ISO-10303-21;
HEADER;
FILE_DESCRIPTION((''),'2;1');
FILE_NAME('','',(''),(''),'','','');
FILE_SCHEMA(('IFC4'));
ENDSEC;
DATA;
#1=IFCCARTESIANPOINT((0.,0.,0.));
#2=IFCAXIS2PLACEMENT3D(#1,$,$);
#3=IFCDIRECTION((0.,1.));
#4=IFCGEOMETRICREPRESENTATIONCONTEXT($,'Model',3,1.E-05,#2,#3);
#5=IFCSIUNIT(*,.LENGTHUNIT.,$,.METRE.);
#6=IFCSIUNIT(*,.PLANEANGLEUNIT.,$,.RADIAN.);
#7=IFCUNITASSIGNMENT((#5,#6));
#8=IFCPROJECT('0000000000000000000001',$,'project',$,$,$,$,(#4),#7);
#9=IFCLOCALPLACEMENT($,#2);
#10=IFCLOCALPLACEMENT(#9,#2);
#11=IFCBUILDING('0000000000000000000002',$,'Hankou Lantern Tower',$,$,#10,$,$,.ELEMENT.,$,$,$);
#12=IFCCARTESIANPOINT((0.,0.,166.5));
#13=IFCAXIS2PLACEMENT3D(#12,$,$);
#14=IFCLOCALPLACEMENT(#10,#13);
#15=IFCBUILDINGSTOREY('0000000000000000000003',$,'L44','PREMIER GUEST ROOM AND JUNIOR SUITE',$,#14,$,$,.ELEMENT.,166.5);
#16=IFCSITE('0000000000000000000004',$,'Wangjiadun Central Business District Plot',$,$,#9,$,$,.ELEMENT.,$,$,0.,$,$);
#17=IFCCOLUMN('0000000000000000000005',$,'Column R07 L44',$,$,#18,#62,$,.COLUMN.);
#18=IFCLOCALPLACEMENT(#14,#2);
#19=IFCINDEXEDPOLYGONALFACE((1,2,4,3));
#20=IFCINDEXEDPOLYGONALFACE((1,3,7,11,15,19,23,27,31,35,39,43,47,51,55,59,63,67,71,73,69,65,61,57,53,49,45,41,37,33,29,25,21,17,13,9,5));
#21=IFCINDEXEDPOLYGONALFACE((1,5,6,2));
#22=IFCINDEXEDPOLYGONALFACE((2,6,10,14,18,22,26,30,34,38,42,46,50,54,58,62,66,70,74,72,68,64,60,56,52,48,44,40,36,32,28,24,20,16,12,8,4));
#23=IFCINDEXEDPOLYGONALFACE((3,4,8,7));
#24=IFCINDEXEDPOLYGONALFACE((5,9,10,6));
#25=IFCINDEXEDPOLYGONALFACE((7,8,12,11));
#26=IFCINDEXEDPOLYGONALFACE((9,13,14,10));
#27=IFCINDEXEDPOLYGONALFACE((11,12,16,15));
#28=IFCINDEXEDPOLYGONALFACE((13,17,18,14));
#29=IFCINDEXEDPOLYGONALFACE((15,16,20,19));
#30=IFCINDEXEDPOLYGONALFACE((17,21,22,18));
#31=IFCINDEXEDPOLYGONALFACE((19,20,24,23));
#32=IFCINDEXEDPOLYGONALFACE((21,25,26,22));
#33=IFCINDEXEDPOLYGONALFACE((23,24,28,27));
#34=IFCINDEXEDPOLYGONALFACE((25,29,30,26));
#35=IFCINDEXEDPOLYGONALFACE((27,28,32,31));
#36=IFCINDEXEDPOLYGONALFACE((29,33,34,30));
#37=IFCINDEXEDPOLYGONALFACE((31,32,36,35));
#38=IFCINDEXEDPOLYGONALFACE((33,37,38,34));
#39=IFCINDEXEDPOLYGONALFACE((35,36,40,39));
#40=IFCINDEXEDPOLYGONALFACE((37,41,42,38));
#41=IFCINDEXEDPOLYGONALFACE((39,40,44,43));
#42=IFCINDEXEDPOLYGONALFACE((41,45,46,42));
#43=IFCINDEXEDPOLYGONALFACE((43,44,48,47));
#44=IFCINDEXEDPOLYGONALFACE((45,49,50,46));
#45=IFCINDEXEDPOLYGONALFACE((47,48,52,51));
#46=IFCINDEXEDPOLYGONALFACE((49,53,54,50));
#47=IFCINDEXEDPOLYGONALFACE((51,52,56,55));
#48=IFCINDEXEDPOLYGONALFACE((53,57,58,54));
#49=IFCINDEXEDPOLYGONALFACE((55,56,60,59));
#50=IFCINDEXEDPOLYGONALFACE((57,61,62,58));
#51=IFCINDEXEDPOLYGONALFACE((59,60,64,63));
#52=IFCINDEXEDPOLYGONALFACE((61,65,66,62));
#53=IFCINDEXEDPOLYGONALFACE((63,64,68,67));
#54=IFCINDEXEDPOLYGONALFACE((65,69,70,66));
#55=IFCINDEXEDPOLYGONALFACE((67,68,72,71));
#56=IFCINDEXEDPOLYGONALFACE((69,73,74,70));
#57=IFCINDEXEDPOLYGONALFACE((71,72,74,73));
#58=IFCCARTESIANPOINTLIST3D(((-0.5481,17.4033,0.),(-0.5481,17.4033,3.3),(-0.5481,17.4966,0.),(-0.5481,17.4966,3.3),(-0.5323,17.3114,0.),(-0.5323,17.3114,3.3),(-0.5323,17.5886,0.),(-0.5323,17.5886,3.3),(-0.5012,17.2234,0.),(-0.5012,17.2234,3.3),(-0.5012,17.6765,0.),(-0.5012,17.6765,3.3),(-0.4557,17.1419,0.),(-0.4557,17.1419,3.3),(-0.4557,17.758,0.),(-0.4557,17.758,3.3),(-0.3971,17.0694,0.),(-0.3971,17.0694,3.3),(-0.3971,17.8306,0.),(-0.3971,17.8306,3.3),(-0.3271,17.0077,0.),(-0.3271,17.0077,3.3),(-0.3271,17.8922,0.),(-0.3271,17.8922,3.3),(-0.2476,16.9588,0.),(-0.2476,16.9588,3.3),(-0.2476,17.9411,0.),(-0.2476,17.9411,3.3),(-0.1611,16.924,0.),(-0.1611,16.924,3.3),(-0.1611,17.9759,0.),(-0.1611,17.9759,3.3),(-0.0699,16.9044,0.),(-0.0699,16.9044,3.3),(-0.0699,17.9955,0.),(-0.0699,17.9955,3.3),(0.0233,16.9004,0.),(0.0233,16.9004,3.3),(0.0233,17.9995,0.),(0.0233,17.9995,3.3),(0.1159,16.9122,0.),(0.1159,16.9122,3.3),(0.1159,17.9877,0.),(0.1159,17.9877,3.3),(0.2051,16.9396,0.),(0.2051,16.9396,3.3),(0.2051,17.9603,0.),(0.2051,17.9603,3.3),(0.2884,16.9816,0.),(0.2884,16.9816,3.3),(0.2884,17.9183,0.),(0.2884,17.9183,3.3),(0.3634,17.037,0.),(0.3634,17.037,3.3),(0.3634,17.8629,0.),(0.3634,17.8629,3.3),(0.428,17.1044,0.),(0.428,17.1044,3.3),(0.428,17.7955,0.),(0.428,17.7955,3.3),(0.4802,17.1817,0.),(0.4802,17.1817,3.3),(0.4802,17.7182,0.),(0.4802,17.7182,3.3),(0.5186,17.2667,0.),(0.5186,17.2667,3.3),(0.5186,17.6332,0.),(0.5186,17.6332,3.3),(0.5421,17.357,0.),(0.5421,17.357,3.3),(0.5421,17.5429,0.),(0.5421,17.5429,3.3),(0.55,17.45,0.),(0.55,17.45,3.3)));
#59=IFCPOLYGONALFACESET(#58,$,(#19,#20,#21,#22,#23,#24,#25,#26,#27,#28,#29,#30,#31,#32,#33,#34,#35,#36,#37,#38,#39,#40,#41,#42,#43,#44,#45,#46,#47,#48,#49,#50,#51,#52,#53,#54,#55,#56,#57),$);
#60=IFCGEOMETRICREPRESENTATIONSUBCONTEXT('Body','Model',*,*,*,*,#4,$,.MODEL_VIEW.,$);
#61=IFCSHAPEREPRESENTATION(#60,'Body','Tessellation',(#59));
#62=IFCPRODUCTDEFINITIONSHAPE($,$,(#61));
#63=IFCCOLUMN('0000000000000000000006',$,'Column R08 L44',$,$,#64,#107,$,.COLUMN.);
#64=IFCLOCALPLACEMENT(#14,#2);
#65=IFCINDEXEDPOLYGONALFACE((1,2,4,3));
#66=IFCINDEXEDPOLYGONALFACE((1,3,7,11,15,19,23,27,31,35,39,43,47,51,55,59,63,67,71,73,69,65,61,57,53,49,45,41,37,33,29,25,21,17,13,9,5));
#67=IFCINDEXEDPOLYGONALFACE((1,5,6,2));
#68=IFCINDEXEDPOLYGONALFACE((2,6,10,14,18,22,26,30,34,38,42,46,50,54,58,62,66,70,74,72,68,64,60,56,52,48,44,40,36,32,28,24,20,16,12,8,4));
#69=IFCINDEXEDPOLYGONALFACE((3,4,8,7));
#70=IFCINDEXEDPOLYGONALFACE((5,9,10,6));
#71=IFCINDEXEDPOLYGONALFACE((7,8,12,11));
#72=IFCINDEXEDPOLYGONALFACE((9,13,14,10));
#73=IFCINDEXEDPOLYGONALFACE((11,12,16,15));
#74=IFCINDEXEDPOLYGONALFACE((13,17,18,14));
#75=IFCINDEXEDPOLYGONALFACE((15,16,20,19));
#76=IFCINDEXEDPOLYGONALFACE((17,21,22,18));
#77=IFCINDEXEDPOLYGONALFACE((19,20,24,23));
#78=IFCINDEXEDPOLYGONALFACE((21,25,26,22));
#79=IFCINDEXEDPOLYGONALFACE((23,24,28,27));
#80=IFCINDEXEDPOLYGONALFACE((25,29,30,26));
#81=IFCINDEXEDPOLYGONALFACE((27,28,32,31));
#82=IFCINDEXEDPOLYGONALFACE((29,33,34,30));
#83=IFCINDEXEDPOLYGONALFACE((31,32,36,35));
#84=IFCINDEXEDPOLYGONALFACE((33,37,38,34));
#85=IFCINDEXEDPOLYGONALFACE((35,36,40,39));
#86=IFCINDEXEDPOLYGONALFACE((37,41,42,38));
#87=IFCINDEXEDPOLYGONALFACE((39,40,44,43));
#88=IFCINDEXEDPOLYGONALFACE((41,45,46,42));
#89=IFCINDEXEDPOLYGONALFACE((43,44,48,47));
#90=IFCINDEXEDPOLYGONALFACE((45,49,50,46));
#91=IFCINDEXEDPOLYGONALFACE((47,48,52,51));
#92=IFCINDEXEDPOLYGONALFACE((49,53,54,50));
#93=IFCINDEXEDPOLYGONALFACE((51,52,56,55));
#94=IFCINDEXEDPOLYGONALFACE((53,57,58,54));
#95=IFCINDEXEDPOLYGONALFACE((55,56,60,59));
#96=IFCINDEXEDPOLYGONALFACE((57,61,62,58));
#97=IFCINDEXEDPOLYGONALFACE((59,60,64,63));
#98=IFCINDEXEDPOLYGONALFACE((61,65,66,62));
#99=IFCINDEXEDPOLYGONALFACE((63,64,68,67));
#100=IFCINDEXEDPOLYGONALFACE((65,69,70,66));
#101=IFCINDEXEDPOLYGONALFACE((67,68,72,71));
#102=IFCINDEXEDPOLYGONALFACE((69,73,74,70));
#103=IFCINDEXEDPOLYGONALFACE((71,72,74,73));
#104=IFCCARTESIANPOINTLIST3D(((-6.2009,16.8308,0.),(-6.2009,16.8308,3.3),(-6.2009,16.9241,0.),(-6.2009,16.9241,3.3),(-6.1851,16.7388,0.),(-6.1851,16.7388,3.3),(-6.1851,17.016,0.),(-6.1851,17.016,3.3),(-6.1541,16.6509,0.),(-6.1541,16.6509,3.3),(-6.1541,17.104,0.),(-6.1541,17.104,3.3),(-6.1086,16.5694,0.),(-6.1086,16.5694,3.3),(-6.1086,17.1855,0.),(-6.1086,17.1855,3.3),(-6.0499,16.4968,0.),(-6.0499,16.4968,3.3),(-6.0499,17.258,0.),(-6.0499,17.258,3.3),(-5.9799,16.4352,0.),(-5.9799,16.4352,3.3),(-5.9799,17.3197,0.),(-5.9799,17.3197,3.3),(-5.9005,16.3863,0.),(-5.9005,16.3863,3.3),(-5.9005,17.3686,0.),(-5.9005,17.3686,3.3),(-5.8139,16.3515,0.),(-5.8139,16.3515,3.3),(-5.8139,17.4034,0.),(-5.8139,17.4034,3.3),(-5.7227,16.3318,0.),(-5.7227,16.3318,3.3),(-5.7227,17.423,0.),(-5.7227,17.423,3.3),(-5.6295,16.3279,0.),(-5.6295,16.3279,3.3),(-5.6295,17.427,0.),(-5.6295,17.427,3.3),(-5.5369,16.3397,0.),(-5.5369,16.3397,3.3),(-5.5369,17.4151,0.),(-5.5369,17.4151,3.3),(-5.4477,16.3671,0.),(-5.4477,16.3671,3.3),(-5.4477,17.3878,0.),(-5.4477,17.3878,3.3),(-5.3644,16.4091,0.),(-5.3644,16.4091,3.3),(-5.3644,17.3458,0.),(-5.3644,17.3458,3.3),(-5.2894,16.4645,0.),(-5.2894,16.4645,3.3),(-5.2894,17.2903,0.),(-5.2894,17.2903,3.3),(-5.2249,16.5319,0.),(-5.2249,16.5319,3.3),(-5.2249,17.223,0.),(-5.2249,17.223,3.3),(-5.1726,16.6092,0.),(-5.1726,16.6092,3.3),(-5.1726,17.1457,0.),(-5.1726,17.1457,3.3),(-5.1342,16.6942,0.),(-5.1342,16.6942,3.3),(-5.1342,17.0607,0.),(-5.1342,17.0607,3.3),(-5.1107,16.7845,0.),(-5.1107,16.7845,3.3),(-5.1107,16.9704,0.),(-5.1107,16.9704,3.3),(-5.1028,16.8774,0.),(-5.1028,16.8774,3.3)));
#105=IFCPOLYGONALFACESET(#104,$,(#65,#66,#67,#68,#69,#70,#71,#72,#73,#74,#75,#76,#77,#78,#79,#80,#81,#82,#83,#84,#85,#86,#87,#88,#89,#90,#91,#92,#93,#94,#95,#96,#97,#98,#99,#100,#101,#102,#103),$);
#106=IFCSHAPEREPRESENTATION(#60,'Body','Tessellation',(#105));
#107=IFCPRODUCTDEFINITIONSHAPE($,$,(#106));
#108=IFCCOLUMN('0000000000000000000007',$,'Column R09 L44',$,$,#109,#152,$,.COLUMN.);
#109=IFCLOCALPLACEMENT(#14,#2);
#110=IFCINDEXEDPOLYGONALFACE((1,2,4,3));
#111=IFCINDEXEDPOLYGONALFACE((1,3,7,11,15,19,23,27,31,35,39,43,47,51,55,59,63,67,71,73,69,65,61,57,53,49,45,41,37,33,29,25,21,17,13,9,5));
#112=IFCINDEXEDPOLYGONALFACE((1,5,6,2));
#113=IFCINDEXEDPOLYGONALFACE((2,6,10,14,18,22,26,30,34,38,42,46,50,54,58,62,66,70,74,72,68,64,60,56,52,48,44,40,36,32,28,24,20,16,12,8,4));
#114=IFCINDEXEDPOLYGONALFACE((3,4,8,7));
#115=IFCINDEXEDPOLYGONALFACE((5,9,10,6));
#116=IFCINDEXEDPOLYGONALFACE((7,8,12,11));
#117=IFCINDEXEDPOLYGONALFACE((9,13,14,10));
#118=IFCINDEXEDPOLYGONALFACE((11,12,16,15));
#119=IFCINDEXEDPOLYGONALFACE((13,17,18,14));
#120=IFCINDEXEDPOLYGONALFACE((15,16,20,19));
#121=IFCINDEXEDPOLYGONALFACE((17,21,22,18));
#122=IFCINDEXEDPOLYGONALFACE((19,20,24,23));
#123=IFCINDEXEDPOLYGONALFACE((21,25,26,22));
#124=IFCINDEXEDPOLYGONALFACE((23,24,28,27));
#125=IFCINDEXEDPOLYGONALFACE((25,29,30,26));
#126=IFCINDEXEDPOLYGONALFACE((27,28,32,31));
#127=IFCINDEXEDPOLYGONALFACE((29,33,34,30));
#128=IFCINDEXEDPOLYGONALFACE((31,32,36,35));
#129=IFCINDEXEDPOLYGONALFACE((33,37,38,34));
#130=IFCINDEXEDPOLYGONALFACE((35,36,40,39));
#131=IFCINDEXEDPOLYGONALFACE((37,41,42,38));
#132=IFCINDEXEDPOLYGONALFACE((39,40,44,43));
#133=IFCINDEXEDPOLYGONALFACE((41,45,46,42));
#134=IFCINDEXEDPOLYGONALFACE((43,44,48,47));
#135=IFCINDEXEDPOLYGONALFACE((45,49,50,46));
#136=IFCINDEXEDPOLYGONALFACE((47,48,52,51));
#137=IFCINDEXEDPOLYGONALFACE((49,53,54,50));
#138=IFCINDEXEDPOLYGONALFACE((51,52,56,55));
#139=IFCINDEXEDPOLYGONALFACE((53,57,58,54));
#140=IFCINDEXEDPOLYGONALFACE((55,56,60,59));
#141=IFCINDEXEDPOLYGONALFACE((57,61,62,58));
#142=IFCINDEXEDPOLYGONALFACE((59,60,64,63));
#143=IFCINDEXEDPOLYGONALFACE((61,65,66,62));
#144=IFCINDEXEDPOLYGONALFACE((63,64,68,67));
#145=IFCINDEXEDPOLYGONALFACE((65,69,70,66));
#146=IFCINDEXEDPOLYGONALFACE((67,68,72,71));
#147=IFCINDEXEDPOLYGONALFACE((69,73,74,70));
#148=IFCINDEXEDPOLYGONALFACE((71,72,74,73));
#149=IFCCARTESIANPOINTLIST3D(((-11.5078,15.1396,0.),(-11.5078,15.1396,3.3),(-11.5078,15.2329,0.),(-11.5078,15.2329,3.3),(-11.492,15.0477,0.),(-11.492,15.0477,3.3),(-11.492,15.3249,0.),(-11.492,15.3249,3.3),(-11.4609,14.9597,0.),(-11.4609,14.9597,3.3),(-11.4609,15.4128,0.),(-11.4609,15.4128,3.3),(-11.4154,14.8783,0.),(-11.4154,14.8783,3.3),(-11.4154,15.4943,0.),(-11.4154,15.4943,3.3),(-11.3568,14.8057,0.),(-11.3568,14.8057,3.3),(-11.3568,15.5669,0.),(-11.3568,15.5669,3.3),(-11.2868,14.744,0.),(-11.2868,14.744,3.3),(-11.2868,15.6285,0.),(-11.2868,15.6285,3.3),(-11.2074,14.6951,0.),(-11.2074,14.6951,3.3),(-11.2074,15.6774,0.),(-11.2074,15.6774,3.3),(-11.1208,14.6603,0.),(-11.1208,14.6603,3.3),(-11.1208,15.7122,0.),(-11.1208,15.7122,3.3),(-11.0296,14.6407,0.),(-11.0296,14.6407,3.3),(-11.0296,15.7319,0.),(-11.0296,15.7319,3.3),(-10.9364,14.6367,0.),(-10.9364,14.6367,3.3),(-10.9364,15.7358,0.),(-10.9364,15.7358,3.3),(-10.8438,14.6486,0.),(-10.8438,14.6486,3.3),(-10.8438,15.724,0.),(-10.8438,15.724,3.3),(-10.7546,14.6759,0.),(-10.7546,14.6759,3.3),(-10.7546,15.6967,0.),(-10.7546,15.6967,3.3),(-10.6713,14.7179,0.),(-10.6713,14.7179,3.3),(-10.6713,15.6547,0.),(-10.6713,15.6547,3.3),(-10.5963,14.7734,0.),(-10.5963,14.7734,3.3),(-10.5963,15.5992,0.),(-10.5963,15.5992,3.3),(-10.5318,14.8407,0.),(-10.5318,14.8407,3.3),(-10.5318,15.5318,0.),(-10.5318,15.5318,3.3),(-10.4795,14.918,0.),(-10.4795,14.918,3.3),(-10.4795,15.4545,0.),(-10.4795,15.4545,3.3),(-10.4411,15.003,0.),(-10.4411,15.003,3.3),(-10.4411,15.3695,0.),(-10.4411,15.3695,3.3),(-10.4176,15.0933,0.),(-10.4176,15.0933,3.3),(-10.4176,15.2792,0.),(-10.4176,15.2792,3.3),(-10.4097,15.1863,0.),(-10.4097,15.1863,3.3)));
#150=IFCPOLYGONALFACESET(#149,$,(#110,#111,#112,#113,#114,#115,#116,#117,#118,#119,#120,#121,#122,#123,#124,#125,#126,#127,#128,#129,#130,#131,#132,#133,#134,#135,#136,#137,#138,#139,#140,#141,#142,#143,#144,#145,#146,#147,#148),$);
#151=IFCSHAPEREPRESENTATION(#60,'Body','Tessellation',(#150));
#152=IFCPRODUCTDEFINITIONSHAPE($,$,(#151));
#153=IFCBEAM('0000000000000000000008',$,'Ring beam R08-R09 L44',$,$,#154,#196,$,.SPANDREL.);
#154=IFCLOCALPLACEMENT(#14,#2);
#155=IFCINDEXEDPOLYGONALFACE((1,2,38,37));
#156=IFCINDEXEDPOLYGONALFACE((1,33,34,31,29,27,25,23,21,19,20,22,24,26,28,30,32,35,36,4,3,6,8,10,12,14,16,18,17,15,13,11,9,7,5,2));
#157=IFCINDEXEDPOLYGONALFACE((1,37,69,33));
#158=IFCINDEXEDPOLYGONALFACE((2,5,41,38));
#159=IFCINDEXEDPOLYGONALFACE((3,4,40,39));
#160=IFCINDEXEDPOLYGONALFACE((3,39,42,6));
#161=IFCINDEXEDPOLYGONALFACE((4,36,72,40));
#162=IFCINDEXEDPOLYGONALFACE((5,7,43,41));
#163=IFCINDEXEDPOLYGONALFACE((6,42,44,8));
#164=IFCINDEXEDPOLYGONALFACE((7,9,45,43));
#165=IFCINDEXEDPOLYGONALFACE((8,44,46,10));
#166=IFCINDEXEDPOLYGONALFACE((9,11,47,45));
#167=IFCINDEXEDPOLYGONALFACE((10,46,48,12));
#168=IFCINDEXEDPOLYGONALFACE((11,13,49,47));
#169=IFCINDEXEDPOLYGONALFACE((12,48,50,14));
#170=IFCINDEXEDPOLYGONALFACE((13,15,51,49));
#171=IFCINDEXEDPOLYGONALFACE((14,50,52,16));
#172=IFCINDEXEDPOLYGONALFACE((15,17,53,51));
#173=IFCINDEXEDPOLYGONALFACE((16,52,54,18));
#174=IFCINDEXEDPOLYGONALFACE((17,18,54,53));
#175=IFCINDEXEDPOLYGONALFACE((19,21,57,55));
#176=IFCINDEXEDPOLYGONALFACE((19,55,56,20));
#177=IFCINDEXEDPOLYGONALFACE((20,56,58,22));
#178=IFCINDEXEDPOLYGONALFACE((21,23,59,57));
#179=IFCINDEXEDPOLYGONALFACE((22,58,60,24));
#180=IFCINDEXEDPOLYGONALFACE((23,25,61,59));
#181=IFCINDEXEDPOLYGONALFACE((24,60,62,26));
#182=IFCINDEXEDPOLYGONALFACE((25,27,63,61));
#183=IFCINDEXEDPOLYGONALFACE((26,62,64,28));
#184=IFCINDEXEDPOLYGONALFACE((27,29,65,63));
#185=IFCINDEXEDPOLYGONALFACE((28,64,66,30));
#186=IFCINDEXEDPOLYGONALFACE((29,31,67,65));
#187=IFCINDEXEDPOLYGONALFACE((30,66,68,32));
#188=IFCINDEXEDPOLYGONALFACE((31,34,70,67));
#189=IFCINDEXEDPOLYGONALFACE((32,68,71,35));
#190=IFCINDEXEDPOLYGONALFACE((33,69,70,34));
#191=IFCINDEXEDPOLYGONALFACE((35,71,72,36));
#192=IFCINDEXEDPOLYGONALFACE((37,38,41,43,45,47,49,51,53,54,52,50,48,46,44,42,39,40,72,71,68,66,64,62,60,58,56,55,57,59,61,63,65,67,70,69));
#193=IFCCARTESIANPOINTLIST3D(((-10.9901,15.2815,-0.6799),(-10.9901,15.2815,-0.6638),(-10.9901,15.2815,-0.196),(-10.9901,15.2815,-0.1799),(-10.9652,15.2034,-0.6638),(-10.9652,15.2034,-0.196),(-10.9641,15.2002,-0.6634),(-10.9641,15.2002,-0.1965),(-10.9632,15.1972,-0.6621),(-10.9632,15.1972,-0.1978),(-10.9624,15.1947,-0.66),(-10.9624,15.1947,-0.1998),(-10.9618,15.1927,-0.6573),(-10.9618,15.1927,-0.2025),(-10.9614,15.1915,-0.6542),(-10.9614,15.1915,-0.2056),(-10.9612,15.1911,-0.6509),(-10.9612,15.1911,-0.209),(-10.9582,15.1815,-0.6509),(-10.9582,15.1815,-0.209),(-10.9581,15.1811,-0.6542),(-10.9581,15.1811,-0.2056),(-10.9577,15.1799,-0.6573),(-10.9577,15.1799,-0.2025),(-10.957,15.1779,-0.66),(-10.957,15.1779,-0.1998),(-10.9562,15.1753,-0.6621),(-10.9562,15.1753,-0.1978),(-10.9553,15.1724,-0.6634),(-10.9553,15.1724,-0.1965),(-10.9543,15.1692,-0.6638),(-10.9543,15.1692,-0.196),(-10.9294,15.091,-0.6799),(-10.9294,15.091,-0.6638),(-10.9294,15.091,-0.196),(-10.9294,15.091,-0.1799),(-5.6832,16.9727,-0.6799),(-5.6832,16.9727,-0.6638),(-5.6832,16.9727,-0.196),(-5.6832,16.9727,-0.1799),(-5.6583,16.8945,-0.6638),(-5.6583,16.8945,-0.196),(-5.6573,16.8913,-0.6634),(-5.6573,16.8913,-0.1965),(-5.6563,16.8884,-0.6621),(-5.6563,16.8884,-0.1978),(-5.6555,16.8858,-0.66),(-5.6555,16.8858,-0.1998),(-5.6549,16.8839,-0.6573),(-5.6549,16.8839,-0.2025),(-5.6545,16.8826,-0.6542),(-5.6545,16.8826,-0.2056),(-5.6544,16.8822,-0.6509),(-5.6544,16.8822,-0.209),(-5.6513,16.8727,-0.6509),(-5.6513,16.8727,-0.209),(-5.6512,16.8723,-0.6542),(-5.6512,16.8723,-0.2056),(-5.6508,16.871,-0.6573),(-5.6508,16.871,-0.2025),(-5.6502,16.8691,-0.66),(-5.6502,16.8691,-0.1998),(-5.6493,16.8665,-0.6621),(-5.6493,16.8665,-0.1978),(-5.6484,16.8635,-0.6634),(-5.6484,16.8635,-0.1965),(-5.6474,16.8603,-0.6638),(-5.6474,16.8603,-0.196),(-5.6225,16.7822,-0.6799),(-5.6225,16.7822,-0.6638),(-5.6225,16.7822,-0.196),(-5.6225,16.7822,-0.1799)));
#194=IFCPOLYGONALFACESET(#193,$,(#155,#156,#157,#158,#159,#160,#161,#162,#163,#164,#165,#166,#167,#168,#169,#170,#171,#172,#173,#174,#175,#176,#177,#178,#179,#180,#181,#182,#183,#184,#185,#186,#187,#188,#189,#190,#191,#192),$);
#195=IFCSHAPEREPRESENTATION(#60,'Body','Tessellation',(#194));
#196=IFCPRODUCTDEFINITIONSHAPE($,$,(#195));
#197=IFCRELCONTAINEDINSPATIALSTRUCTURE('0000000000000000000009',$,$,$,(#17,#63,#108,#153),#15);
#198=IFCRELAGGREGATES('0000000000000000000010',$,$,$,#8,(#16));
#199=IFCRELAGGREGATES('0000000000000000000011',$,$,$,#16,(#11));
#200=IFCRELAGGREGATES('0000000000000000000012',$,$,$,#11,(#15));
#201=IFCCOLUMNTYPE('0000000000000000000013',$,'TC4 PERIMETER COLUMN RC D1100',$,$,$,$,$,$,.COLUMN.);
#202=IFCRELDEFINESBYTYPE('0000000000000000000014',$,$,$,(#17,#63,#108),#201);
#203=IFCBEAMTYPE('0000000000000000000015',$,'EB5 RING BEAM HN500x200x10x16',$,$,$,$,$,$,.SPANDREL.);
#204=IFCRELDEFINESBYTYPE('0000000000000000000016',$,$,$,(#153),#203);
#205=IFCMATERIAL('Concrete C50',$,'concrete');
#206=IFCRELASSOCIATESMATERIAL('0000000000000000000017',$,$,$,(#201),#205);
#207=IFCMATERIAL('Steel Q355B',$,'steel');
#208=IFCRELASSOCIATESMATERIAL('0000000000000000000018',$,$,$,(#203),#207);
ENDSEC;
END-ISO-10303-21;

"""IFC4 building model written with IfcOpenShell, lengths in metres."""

from ifc_helpers import new_model, si_unit, direction, frame, origin, origin_2d, place, context, subcontext, project, spatial, circle, i_section, extrude, material, material_profile, profile_set, type_object, element, save


model = new_model("IFC4")

# Units and contexts
model_context = context("Model", 3, precision=1e-05, world=origin(), true_north=direction((0.0, 1.0)))
body_context = subcontext(model_context, "Body", "Model", "MODEL_VIEW")
ifc_project = project(units=[si_unit("LENGTHUNIT", "METRE"), si_unit("PLANEANGLEUNIT", "RADIAN")], contexts=[model_context])

# Site, building, storey
site_placement = place(None, origin())
site = spatial("IfcSite", under=ifc_project, at=site_placement, Name="Wangjiadun Central Business District Plot", CompositionType="ELEMENT", RefElevation=0.0)
building_placement = place(site_placement, origin())
building = spatial("IfcBuilding", under=site, at=building_placement, Name="Hankou Lantern Tower", CompositionType="ELEMENT")
storey_placement = place(building_placement, frame((0.0, 0.0, 166.5)))
storey = spatial("IfcBuildingStorey", under=building, at=storey_placement, Name="L44", Description="PREMIER GUEST ROOM AND JUNIOR SUITE", CompositionType="ELEMENT", Elevation=166.5)

# Columns
ifc_material_1 = material(Name="Concrete C50", Category="concrete")
ifc_material_profile_1 = material_profile(ifc_material_1, circle(Radius=0.55, at=origin_2d()), Name="RC D1100")
ifc_profile_set_1 = profile_set([ifc_material_profile_1], Name="Concrete C50")
column_type = type_object("IfcColumnType", Name="TC4 PERIMETER COLUMN RC D1100", PredefinedType="COLUMN", material=ifc_profile_set_1)
for number, where, z_axis, x_axis, name in (
    (1, (0.0, 17.45, 0.0), (0.0, 0.0, 1.0), (1.0, 0.0, 0.0), "Column R07 L44"),
    (2, (-5.6528, 16.8774, 0.0), (0.0, 0.0, 1.0), (1.0, 0.0, 0.0), "Column R08 L44"),
    (3, (-10.9597, 15.1863, 0.0), (0.0, 0.0, 1.0), (1.0, 0.0, 0.0), "Column R09 L44"),
):
    element("IfcColumn", number, at=place(storey_placement, frame(where, z_axis=z_axis, x_axis=x_axis)), inside=storey, type_object=column_type, Name=name, PredefinedType="COLUMN", context=body_context, shape_type="SweptSolid", body=[
        extrude(circle(Radius=0.55, at=origin_2d()), origin(), (0.0, 0.0, 1.0), 3.3),
    ])

# Beam
ifc_material_2 = material(Name="Steel Q355B", Category="steel")
ifc_material_profile_2 = material_profile(ifc_material_2, i_section(OverallWidth=0.2, OverallDepth=0.5, WebThickness=0.01, FlangeThickness=0.0161, FilletRadius=0.0129, at=origin_2d()), Name="HN500x200x10x16")
ifc_profile_set_2 = profile_set([ifc_material_profile_2], Name="Steel Q355B")
beam_type_1 = type_object("IfcBeamType", Name="EB5 RING BEAM HN500x200x10x16", PredefinedType="SPANDREL", material=ifc_profile_set_2)
beam_1_placement = place(storey_placement, frame((-5.6528, 16.8774, -0.4299), z_axis=(-0.95279, -0.303629, 0.0), x_axis=(0.303629, -0.95279, 0.0)))
element("IfcBeam", 4, at=beam_1_placement, inside=storey, type_object=beam_type_1, Name="Ring beam R08-R09 L44", PredefinedType="SPANDREL", context=body_context, shape_type="SweptSolid", body=[
    extrude(i_section(OverallWidth=0.2, OverallDepth=0.5, WebThickness=0.01, FlangeThickness=0.0161, FilletRadius=0.0129, at=origin_2d()), origin(), (0.0, 0.0, 1.0), 5.5698),
])

save(model, "model.ifc")
